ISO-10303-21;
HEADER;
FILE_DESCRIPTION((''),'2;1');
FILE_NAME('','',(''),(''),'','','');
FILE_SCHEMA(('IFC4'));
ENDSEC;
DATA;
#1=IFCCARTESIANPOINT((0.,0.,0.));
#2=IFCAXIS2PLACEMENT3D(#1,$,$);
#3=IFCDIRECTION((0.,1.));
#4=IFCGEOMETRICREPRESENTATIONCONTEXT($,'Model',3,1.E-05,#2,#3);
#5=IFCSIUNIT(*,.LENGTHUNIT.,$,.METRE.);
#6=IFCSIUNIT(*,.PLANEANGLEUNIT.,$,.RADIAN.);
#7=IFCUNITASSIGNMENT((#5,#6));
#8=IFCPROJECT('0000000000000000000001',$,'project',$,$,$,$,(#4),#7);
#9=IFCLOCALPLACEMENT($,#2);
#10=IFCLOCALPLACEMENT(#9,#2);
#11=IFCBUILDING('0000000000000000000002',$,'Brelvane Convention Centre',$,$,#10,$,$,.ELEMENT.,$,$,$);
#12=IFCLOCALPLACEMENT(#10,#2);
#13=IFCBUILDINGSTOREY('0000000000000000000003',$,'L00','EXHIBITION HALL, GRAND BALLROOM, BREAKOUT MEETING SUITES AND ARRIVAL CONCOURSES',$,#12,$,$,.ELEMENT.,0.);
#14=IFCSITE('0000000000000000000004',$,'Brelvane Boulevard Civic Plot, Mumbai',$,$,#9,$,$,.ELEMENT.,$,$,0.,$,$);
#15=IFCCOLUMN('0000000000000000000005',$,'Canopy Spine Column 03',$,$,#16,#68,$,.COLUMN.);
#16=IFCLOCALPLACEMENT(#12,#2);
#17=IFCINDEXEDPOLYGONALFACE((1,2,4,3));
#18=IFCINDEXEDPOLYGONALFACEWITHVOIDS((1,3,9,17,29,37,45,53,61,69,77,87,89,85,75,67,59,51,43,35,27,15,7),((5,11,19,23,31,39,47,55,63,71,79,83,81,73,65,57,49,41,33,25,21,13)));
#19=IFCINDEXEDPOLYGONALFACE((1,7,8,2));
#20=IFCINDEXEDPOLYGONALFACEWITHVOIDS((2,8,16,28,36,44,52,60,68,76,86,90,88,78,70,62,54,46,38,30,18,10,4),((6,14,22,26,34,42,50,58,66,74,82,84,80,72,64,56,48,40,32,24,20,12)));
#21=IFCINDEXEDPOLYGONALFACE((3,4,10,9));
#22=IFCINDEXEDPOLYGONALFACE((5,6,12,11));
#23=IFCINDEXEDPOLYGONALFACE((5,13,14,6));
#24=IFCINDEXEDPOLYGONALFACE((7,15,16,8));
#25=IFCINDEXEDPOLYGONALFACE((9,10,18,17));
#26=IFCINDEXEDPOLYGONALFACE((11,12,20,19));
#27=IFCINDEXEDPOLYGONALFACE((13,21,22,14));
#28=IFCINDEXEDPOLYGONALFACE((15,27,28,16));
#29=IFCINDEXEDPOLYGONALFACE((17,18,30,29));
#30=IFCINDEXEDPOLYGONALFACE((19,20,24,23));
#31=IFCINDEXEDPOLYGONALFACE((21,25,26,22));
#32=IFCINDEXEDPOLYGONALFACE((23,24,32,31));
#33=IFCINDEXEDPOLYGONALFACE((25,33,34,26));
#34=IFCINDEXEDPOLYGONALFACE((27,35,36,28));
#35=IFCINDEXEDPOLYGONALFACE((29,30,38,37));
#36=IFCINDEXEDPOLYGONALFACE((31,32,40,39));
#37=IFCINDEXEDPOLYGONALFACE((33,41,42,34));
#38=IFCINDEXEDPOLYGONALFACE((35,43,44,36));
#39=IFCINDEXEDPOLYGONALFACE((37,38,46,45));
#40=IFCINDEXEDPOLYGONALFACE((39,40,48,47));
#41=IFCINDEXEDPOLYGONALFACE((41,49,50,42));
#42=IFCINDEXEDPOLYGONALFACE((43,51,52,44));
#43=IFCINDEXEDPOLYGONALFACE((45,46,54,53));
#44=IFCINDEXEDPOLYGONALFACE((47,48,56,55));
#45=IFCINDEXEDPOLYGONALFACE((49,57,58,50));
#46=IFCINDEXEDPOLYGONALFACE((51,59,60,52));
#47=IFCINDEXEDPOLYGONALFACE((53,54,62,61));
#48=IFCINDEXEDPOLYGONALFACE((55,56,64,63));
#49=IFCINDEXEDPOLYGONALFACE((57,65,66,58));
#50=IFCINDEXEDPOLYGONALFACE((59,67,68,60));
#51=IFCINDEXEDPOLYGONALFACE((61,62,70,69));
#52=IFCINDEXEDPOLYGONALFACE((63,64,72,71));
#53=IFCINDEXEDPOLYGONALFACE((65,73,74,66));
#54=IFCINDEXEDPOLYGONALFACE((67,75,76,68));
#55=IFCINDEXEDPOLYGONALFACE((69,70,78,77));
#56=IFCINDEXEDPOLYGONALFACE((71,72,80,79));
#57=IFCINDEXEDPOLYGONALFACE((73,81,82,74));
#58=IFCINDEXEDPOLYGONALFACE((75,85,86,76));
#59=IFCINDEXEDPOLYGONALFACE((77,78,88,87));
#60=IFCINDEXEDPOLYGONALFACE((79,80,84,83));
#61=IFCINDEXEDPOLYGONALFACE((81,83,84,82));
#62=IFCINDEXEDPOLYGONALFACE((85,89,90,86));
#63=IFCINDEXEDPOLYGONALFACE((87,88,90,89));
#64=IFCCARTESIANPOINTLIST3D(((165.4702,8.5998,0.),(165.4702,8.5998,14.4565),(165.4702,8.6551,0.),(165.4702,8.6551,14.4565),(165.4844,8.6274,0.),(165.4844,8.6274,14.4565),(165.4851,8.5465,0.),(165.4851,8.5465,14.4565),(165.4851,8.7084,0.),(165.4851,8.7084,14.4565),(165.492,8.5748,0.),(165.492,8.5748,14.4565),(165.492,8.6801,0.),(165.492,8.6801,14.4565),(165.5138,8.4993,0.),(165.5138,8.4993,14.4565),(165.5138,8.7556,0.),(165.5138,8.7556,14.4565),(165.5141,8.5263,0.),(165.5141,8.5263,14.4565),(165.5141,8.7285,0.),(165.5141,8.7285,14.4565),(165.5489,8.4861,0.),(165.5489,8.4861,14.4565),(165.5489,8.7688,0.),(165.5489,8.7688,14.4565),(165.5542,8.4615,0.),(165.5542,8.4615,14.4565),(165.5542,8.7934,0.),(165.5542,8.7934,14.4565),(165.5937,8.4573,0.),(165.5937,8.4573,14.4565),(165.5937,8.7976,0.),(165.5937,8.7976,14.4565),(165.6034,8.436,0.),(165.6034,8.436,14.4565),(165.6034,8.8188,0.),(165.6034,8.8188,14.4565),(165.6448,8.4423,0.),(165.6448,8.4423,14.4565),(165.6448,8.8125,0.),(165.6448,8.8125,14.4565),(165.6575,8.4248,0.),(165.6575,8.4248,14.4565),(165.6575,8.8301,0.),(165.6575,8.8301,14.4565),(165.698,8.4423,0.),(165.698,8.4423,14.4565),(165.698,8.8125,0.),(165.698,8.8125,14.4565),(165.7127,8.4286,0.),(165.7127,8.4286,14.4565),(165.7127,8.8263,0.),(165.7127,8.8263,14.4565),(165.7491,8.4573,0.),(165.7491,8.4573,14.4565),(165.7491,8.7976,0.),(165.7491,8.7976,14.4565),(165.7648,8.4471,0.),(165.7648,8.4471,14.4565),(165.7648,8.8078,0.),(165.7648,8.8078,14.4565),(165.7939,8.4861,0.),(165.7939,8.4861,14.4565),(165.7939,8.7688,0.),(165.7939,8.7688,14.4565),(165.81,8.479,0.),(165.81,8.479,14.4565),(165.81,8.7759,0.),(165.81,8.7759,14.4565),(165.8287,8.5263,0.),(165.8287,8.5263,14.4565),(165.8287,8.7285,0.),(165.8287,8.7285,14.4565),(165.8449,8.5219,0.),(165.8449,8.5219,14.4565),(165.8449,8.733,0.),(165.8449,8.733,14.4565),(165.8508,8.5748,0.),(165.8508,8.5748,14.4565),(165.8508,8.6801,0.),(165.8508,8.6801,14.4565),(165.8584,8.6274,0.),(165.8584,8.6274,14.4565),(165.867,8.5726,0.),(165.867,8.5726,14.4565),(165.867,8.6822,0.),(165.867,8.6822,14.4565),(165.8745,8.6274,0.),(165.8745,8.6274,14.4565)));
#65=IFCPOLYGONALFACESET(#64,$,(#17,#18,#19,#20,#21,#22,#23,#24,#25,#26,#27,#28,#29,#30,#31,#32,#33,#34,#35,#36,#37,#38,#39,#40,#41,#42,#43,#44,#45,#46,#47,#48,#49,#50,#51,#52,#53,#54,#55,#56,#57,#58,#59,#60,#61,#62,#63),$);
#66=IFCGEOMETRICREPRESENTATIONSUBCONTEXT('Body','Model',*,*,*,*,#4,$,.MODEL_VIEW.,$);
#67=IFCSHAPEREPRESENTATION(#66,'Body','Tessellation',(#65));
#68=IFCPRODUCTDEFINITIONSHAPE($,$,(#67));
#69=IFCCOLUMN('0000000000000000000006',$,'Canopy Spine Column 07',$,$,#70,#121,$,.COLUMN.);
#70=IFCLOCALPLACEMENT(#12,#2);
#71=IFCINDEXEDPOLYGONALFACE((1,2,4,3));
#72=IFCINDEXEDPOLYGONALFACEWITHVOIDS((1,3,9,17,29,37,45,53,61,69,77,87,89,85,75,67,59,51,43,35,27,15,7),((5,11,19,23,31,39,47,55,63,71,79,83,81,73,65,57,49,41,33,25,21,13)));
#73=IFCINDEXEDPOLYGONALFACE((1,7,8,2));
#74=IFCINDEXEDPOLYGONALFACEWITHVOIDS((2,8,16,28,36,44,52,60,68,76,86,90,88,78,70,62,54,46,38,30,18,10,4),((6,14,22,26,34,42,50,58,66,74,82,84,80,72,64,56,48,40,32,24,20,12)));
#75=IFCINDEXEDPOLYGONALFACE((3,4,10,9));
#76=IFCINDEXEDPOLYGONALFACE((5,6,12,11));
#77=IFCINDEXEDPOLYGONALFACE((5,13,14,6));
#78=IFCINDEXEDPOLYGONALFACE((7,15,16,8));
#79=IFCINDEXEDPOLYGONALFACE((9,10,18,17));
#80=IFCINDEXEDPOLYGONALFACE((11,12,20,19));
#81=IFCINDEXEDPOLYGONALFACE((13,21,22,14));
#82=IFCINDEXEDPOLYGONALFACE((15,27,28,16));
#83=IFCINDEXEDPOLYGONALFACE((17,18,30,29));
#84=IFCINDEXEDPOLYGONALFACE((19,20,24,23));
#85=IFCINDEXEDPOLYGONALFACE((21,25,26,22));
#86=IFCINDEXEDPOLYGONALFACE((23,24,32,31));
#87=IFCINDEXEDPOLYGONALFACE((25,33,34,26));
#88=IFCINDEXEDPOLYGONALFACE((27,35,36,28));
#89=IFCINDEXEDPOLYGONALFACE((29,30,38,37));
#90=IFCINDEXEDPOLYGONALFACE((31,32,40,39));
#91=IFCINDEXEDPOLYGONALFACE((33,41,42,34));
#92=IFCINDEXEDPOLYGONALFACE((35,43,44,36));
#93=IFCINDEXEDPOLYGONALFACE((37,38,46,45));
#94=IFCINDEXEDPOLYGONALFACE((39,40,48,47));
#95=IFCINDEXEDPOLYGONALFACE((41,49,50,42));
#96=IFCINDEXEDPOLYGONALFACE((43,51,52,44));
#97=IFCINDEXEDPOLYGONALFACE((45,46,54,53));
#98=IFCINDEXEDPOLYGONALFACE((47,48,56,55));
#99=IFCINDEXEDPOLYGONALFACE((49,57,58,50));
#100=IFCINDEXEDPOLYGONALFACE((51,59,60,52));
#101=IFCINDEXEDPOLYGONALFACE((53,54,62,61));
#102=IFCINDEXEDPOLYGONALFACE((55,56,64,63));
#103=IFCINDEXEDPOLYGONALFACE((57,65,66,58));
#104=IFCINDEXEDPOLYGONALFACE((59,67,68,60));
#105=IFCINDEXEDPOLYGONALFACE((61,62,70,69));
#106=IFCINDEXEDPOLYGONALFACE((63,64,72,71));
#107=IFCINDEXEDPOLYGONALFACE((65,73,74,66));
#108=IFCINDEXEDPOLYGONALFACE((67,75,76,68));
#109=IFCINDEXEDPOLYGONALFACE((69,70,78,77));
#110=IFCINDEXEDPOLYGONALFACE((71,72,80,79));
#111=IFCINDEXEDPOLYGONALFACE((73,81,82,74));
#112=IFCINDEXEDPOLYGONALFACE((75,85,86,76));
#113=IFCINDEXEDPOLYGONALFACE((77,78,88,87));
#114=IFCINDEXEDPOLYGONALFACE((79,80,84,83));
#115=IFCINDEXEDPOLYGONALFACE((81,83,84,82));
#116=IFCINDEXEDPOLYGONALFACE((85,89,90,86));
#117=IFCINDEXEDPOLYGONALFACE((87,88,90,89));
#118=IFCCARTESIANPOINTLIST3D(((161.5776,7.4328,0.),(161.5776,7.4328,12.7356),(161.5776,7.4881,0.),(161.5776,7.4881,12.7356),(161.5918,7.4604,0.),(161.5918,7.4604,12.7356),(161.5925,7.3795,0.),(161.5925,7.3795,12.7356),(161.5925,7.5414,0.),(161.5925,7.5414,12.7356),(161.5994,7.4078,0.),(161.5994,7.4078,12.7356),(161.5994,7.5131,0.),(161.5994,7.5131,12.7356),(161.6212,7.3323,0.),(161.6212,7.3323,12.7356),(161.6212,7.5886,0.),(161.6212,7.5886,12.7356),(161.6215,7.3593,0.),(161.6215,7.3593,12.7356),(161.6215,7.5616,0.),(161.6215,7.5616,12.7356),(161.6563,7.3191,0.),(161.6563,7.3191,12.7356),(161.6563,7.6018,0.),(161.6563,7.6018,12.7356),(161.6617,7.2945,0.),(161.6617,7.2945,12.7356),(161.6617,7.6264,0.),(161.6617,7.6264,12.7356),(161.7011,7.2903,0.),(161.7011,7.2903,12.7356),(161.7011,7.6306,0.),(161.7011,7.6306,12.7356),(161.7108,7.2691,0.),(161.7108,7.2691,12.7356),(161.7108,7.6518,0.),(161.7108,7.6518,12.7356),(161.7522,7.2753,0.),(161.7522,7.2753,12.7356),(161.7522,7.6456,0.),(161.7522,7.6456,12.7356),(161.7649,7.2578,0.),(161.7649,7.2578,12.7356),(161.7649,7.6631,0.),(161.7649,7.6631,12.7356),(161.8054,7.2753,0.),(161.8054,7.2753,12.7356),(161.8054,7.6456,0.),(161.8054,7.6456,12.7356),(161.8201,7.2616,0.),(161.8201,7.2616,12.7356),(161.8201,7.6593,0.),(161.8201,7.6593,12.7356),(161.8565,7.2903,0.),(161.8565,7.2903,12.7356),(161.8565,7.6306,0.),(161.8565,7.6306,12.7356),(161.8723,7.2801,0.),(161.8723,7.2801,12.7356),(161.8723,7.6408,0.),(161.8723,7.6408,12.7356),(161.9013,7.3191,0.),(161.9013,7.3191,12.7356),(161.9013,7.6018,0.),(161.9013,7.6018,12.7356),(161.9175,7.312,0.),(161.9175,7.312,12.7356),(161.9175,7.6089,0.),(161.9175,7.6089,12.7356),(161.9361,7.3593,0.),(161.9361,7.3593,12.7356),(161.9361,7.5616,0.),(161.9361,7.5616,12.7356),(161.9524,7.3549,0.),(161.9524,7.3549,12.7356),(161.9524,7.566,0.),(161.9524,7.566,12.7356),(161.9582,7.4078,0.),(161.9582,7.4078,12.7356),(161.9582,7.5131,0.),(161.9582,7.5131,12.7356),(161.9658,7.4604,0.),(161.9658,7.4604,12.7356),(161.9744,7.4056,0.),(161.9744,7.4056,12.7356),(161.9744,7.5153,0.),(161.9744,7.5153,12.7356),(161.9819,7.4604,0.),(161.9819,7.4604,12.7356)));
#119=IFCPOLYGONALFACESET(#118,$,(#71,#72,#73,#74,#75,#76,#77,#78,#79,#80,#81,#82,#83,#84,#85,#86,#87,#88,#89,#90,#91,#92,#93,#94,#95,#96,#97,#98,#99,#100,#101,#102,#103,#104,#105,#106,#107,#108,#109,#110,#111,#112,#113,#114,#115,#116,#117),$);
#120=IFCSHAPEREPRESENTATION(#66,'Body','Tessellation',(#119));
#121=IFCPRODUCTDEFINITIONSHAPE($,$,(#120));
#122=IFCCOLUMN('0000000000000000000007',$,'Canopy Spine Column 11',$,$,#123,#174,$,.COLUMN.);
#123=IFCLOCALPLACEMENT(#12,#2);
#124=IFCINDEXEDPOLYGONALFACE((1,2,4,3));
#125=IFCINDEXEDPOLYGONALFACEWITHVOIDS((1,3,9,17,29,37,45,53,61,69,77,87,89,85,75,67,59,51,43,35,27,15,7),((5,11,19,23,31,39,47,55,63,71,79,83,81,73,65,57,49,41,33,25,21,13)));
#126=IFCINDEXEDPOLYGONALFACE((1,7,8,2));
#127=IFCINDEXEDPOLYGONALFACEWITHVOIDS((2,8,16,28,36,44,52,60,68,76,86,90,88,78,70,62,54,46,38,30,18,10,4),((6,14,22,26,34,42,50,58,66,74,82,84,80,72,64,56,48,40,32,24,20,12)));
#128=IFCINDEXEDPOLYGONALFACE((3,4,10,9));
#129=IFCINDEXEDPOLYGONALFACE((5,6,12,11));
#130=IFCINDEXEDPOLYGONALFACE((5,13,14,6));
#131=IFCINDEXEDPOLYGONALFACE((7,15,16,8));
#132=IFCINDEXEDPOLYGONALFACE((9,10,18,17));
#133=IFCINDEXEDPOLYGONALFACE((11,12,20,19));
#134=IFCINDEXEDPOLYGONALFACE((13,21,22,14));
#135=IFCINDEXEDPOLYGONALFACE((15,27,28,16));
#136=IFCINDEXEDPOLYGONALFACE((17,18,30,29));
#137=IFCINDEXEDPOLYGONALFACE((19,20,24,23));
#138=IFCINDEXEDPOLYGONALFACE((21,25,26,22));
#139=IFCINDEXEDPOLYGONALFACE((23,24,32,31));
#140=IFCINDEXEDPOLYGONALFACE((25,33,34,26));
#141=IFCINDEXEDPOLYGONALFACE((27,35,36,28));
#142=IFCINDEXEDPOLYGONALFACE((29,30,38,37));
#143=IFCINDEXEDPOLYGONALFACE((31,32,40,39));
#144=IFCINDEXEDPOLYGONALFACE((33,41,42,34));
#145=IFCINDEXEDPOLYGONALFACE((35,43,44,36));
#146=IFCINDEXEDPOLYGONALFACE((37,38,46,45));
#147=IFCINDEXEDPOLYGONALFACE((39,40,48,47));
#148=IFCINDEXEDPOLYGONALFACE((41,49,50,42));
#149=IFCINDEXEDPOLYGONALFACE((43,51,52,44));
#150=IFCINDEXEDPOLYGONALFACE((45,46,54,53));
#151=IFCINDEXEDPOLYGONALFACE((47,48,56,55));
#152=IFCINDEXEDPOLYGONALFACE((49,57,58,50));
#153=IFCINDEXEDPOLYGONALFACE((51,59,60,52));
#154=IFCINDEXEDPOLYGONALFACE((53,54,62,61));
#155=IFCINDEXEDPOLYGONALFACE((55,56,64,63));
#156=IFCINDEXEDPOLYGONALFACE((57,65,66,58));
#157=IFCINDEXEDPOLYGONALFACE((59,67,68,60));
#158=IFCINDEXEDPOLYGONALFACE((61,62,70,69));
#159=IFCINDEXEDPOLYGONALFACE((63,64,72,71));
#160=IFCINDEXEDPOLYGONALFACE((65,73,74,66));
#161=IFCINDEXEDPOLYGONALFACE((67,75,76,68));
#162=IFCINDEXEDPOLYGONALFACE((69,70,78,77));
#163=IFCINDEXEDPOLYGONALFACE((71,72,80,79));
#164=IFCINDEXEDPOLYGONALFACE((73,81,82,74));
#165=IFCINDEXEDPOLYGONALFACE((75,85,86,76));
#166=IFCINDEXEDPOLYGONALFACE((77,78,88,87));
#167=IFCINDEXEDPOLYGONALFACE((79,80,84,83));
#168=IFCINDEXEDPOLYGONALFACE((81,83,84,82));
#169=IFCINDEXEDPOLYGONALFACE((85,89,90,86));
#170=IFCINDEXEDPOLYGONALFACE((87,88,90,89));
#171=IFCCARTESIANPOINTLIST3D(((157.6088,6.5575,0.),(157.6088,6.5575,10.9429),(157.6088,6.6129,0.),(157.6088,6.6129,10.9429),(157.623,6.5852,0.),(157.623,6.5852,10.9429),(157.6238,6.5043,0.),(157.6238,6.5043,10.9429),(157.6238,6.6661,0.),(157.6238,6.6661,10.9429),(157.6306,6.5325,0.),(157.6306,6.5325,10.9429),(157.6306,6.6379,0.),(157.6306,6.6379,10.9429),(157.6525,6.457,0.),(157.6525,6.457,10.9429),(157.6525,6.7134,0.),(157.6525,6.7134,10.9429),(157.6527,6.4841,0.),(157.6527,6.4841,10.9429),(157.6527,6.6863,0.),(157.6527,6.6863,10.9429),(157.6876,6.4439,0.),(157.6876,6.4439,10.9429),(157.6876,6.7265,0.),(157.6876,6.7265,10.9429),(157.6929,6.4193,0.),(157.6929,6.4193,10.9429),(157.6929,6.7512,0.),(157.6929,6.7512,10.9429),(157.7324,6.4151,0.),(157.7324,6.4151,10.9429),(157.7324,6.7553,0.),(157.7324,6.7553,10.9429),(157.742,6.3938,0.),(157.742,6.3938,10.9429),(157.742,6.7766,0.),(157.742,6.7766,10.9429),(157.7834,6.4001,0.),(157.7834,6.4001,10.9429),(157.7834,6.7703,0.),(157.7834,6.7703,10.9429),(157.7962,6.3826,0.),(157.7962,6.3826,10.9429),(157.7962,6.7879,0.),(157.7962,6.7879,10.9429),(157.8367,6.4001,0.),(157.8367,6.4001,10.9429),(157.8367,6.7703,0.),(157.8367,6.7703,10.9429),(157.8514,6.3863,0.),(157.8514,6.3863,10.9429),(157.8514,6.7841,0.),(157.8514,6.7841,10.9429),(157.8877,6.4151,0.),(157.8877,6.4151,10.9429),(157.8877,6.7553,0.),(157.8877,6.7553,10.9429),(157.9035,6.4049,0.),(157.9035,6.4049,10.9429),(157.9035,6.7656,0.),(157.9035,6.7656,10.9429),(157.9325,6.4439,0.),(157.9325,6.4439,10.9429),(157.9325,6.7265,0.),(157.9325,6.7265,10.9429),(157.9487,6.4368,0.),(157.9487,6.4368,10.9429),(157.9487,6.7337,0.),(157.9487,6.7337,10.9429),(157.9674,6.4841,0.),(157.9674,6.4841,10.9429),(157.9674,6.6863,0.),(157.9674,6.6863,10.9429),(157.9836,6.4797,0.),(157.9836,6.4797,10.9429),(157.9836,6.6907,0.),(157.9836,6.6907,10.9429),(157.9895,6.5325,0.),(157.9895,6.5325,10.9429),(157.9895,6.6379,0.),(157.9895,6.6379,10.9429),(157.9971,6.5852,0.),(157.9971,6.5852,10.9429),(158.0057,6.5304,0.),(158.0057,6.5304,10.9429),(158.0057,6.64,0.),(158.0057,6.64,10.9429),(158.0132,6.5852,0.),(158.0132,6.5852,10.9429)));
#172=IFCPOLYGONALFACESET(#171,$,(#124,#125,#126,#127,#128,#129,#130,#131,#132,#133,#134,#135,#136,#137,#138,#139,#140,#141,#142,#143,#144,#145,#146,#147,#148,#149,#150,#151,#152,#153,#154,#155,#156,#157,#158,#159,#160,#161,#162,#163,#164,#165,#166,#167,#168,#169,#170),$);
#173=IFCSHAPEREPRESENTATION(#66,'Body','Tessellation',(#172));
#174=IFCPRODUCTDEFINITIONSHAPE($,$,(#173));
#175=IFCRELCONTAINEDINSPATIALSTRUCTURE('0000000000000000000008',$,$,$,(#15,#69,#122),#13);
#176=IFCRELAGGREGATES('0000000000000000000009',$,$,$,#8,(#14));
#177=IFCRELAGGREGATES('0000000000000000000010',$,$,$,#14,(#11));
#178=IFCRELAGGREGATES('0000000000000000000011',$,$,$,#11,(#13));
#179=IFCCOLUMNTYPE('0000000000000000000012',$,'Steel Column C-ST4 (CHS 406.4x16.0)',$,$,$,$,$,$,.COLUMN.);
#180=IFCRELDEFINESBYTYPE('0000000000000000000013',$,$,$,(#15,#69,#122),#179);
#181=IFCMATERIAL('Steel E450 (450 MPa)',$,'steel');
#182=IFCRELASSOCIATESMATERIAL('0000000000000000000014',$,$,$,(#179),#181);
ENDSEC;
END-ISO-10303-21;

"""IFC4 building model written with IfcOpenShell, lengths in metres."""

from ifc_helpers import new_model, si_unit, direction, frame, origin, origin_2d, place, context, subcontext, project, spatial, hollow_circle, extrude, material, material_profile, profile_set, type_object, element, save


model = new_model("IFC4")

# Units and contexts
model_context = context("Model", 3, precision=1e-05, world=origin(), true_north=direction((0.0, 1.0)))
body_context = subcontext(model_context, "Body", "Model", "MODEL_VIEW")
ifc_project = project(units=[si_unit("LENGTHUNIT", "METRE"), si_unit("PLANEANGLEUNIT", "RADIAN")], contexts=[model_context])

# Site, building, storey
site_placement = place(None, origin())
site = spatial("IfcSite", under=ifc_project, at=site_placement, Name="Brelvane Boulevard Civic Plot, Mumbai", CompositionType="ELEMENT", RefElevation=0.0)
building_placement = place(site_placement, origin())
building = spatial("IfcBuilding", under=site, at=building_placement, Name="Brelvane Convention Centre", CompositionType="ELEMENT")
storey_placement = place(building_placement, origin())
storey = spatial("IfcBuildingStorey", under=building, at=storey_placement, Name="L00", Description="EXHIBITION HALL, GRAND BALLROOM, BREAKOUT MEETING SUITES AND ARRIVAL CONCOURSES", CompositionType="ELEMENT", Elevation=0.0)

# Columns
ifc_material_1 = material(Name="Steel E450 (450 MPa)", Category="steel")
ifc_material_profile_1 = material_profile(ifc_material_1, hollow_circle(Radius=0.2031, WallThickness=0.0161, at=origin_2d()), Name="CHS 406.4x16.0")
ifc_profile_set_1 = profile_set([ifc_material_profile_1], Name="Steel E450 (450 MPa)")
column_type = type_object("IfcColumnType", Name="Steel Column C-ST4 (CHS 406.4x16.0)", PredefinedType="COLUMN", material=ifc_profile_set_1)
column_1_placement = place(storey_placement, frame((165.6714, 8.6274, 0.0), z_axis=(0.0, 0.0, 1.0), x_axis=(1.0, 0.0, 0.0)))
element("IfcColumn", 1, at=column_1_placement, inside=storey, type_object=column_type, Name="Canopy Spine Column 03", PredefinedType="COLUMN", context=body_context, shape_type="SweptSolid", body=[
    extrude(hollow_circle(Radius=0.2031, WallThickness=0.0161, at=origin_2d()), origin(), (0.0, 0.0, 1.0), 14.4565),
])
column_2_placement = place(storey_placement, frame((161.7788, 7.4604, 0.0), z_axis=(0.0, 0.0, 1.0), x_axis=(1.0, 0.0, 0.0)))
element("IfcColumn", 2, at=column_2_placement, inside=storey, type_object=column_type, Name="Canopy Spine Column 07", PredefinedType="COLUMN", context=body_context, shape_type="SweptSolid", body=[
    extrude(hollow_circle(Radius=0.2031, WallThickness=0.0161, at=origin_2d()), origin(), (0.0, 0.0, 1.0), 12.7356),
])
column_3_placement = place(storey_placement, frame((157.8101, 6.5852, 0.0), z_axis=(0.0, 0.0, 1.0), x_axis=(1.0, 0.0, 0.0)))
element("IfcColumn", 3, at=column_3_placement, inside=storey, type_object=column_type, Name="Canopy Spine Column 11", PredefinedType="COLUMN", context=body_context, shape_type="SweptSolid", body=[
    extrude(hollow_circle(Radius=0.2031, WallThickness=0.0161, at=origin_2d()), origin(), (0.0, 0.0, 1.0), 10.9429),
])

save(model, "model.ifc")
